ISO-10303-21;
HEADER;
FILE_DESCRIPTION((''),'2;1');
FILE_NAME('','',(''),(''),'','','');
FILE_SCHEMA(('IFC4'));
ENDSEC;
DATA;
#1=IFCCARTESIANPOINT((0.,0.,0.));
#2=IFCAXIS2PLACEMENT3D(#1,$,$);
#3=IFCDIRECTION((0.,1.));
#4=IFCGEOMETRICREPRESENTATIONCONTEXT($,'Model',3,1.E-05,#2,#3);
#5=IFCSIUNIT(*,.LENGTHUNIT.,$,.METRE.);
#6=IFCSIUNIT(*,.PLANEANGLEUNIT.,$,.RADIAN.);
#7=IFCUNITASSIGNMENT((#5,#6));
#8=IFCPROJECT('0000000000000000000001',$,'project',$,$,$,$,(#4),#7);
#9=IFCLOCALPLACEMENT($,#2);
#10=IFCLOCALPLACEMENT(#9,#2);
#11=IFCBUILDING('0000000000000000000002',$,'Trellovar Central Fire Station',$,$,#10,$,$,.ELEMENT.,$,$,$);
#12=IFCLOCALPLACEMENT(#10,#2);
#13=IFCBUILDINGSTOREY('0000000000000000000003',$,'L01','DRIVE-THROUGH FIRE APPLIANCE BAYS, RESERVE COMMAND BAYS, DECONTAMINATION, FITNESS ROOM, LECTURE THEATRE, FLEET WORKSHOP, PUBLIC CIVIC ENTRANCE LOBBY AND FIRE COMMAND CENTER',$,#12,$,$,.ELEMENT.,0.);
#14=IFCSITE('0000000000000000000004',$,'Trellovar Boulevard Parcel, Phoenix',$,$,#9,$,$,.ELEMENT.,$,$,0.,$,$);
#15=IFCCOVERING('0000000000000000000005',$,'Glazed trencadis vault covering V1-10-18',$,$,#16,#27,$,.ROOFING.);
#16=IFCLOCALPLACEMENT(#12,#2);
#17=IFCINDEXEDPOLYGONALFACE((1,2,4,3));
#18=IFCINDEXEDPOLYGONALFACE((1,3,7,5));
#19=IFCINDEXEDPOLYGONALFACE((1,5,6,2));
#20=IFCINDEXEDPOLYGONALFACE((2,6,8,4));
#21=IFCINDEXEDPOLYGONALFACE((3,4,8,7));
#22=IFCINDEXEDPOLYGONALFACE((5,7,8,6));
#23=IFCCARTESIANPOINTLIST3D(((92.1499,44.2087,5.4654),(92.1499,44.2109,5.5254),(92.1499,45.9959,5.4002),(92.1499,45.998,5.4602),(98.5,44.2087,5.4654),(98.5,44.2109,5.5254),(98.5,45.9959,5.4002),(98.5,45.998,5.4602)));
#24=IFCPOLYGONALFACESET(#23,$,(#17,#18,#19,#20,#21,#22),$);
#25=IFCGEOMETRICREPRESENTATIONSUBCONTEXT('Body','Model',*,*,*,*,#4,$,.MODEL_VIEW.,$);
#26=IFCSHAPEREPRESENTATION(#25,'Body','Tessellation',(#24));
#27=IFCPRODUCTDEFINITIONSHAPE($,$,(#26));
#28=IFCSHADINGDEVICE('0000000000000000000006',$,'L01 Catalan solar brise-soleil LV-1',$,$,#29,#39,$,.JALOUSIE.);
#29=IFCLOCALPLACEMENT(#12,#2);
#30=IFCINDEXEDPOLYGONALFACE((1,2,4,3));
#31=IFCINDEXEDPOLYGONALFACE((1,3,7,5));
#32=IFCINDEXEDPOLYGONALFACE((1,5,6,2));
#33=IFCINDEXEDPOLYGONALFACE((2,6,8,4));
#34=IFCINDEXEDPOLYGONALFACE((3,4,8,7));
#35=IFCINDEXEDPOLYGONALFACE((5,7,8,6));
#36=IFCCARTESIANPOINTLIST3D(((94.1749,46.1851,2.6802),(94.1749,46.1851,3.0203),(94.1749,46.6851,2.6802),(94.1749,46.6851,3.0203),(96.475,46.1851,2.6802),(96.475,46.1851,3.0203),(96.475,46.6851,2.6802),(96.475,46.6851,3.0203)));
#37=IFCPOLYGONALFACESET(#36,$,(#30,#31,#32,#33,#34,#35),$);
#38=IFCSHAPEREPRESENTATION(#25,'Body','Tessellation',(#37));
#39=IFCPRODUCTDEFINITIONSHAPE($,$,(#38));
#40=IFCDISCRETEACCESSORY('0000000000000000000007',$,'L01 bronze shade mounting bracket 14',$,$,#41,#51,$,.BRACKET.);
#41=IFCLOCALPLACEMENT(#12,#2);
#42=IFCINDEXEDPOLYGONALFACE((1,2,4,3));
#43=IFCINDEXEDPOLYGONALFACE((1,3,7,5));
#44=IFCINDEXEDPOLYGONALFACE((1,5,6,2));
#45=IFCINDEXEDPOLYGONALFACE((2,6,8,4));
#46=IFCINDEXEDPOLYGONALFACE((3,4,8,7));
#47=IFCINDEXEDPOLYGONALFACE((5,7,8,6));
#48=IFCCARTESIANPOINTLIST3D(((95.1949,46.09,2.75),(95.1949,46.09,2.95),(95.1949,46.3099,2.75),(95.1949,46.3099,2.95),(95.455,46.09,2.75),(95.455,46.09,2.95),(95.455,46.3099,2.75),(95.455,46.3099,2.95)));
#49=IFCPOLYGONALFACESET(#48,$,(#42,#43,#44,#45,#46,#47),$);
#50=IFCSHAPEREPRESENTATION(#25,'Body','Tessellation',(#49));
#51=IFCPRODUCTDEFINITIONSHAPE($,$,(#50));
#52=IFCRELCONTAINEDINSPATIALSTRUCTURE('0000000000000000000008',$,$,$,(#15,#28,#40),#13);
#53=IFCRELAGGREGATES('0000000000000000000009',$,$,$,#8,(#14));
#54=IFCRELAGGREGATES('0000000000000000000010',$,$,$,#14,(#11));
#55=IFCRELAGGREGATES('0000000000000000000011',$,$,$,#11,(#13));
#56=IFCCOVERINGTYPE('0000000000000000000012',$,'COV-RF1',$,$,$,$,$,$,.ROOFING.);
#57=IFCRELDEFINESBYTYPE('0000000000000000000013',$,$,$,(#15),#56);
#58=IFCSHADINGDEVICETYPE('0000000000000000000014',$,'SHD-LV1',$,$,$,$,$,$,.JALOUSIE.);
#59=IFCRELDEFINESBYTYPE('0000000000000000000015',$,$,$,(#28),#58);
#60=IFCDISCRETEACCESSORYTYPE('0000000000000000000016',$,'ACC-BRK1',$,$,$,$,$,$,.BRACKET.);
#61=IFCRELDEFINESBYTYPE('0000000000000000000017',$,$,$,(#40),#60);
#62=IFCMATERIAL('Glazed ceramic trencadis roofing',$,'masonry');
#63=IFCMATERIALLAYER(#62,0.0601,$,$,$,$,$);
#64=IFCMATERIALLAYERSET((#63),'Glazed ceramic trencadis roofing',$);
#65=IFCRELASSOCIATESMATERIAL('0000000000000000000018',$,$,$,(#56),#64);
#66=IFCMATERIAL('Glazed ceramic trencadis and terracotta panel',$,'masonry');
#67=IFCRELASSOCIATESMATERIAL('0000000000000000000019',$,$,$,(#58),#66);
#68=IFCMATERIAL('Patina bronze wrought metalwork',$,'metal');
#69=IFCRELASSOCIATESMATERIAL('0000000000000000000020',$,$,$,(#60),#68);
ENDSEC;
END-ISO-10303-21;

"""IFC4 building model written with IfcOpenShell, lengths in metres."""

from ifc_helpers import new_model, si_unit, direction, frame, origin, origin_2d, place, context, subcontext, project, spatial, polyline, rectangle, outline, extrude, material, layer, layer_set, type_object, element, save


model = new_model("IFC4")

# Units and contexts
model_context = context("Model", 3, precision=1e-05, world=origin(), true_north=direction((0.0, 1.0)))
body_context = subcontext(model_context, "Body", "Model", "MODEL_VIEW")
ifc_project = project(units=[si_unit("LENGTHUNIT", "METRE"), si_unit("PLANEANGLEUNIT", "RADIAN")], contexts=[model_context])

# Site, building, storey
site_placement = place(None, origin())
site = spatial("IfcSite", under=ifc_project, at=site_placement, Name="Trellovar Boulevard Parcel, Phoenix", CompositionType="ELEMENT", RefElevation=0.0)
building_placement = place(site_placement, origin())
building = spatial("IfcBuilding", under=site, at=building_placement, Name="Trellovar Central Fire Station", CompositionType="ELEMENT")
storey_placement = place(building_placement, origin())
storey = spatial("IfcBuildingStorey", under=building, at=storey_placement, Name="L01", Description="DRIVE-THROUGH FIRE APPLIANCE BAYS, RESERVE COMMAND BAYS, DECONTAMINATION, FITNESS ROOM, LECTURE THEATRE, FLEET WORKSHOP, PUBLIC CIVIC ENTRANCE LOBBY AND FIRE COMMAND CENTER", CompositionType="ELEMENT", Elevation=0.0)

# Covering
ifc_material_1 = material(Name="Glazed ceramic trencadis roofing", Category="masonry")
ifc_layer_1 = layer(ifc_material_1, 0.0601)
ifc_layer_set_1 = layer_set([ifc_layer_1], Name="Glazed ceramic trencadis roofing")
covering_type = type_object("IfcCoveringType", Name="COV-RF1", PredefinedType="ROOFING", material=ifc_layer_set_1)
covering_placement = place(storey_placement, frame((92.1499, 44.2109, 5.5254), z_axis=(0.0, 0.036451, 0.999335), x_axis=(1.0, 0.0, 0.0)))
element("IfcCovering", 1, at=covering_placement, inside=storey, type_object=covering_type, Name="Glazed trencadis vault covering V1-10-18", PredefinedType="ROOFING", context=body_context, shape_type="SweptSolid", body=[
    extrude(outline(polyline([(0.0, 0.0), (6.3501, 0.0), (6.3501, 1.7883), (0.0, 1.7883), (0.0, 0.0)])), origin(), (0.0, 0.0, -1.0), 0.0601),
])

# Shading device
ifc_material_2 = material(Name="Glazed ceramic trencadis and terracotta panel", Category="masonry")
shading_device_type = type_object("IfcShadingDeviceType", Name="SHD-LV1", PredefinedType="JALOUSIE", material=ifc_material_2)
shading_device_placement = place(storey_placement, frame((95.325, 46.4351, 2.6802), z_axis=(0.0, 0.0, 1.0), x_axis=(1.0, 0.0, 0.0)))
element("IfcShadingDevice", 2, at=shading_device_placement, inside=storey, type_object=shading_device_type, Name="L01 Catalan solar brise-soleil LV-1", PredefinedType="JALOUSIE", context=body_context, shape_type="SweptSolid", body=[
    extrude(rectangle(XDim=2.3, YDim=0.5, at=origin_2d()), origin(), (0.0, 0.0, 1.0), 0.3401),
])

# Discrete accessory
ifc_material_3 = material(Name="Patina bronze wrought metalwork", Category="metal")
discrete_accessory_type = type_object("IfcDiscreteAccessoryType", Name="ACC-BRK1", PredefinedType="BRACKET", material=ifc_material_3)
discrete_accessory_placement = place(storey_placement, frame((95.325, 46.2, 2.75), z_axis=(0.0, 0.0, 1.0), x_axis=(1.0, 0.0, 0.0)))
element("IfcDiscreteAccessory", 3, at=discrete_accessory_placement, inside=storey, type_object=discrete_accessory_type, Name="L01 bronze shade mounting bracket 14", PredefinedType="BRACKET", context=body_context, shape_type="SweptSolid", body=[
    extrude(rectangle(XDim=0.26, YDim=0.22, at=origin_2d()), origin(), (0.0, 0.0, 1.0), 0.2),
])

save(model, "model.ifc")
